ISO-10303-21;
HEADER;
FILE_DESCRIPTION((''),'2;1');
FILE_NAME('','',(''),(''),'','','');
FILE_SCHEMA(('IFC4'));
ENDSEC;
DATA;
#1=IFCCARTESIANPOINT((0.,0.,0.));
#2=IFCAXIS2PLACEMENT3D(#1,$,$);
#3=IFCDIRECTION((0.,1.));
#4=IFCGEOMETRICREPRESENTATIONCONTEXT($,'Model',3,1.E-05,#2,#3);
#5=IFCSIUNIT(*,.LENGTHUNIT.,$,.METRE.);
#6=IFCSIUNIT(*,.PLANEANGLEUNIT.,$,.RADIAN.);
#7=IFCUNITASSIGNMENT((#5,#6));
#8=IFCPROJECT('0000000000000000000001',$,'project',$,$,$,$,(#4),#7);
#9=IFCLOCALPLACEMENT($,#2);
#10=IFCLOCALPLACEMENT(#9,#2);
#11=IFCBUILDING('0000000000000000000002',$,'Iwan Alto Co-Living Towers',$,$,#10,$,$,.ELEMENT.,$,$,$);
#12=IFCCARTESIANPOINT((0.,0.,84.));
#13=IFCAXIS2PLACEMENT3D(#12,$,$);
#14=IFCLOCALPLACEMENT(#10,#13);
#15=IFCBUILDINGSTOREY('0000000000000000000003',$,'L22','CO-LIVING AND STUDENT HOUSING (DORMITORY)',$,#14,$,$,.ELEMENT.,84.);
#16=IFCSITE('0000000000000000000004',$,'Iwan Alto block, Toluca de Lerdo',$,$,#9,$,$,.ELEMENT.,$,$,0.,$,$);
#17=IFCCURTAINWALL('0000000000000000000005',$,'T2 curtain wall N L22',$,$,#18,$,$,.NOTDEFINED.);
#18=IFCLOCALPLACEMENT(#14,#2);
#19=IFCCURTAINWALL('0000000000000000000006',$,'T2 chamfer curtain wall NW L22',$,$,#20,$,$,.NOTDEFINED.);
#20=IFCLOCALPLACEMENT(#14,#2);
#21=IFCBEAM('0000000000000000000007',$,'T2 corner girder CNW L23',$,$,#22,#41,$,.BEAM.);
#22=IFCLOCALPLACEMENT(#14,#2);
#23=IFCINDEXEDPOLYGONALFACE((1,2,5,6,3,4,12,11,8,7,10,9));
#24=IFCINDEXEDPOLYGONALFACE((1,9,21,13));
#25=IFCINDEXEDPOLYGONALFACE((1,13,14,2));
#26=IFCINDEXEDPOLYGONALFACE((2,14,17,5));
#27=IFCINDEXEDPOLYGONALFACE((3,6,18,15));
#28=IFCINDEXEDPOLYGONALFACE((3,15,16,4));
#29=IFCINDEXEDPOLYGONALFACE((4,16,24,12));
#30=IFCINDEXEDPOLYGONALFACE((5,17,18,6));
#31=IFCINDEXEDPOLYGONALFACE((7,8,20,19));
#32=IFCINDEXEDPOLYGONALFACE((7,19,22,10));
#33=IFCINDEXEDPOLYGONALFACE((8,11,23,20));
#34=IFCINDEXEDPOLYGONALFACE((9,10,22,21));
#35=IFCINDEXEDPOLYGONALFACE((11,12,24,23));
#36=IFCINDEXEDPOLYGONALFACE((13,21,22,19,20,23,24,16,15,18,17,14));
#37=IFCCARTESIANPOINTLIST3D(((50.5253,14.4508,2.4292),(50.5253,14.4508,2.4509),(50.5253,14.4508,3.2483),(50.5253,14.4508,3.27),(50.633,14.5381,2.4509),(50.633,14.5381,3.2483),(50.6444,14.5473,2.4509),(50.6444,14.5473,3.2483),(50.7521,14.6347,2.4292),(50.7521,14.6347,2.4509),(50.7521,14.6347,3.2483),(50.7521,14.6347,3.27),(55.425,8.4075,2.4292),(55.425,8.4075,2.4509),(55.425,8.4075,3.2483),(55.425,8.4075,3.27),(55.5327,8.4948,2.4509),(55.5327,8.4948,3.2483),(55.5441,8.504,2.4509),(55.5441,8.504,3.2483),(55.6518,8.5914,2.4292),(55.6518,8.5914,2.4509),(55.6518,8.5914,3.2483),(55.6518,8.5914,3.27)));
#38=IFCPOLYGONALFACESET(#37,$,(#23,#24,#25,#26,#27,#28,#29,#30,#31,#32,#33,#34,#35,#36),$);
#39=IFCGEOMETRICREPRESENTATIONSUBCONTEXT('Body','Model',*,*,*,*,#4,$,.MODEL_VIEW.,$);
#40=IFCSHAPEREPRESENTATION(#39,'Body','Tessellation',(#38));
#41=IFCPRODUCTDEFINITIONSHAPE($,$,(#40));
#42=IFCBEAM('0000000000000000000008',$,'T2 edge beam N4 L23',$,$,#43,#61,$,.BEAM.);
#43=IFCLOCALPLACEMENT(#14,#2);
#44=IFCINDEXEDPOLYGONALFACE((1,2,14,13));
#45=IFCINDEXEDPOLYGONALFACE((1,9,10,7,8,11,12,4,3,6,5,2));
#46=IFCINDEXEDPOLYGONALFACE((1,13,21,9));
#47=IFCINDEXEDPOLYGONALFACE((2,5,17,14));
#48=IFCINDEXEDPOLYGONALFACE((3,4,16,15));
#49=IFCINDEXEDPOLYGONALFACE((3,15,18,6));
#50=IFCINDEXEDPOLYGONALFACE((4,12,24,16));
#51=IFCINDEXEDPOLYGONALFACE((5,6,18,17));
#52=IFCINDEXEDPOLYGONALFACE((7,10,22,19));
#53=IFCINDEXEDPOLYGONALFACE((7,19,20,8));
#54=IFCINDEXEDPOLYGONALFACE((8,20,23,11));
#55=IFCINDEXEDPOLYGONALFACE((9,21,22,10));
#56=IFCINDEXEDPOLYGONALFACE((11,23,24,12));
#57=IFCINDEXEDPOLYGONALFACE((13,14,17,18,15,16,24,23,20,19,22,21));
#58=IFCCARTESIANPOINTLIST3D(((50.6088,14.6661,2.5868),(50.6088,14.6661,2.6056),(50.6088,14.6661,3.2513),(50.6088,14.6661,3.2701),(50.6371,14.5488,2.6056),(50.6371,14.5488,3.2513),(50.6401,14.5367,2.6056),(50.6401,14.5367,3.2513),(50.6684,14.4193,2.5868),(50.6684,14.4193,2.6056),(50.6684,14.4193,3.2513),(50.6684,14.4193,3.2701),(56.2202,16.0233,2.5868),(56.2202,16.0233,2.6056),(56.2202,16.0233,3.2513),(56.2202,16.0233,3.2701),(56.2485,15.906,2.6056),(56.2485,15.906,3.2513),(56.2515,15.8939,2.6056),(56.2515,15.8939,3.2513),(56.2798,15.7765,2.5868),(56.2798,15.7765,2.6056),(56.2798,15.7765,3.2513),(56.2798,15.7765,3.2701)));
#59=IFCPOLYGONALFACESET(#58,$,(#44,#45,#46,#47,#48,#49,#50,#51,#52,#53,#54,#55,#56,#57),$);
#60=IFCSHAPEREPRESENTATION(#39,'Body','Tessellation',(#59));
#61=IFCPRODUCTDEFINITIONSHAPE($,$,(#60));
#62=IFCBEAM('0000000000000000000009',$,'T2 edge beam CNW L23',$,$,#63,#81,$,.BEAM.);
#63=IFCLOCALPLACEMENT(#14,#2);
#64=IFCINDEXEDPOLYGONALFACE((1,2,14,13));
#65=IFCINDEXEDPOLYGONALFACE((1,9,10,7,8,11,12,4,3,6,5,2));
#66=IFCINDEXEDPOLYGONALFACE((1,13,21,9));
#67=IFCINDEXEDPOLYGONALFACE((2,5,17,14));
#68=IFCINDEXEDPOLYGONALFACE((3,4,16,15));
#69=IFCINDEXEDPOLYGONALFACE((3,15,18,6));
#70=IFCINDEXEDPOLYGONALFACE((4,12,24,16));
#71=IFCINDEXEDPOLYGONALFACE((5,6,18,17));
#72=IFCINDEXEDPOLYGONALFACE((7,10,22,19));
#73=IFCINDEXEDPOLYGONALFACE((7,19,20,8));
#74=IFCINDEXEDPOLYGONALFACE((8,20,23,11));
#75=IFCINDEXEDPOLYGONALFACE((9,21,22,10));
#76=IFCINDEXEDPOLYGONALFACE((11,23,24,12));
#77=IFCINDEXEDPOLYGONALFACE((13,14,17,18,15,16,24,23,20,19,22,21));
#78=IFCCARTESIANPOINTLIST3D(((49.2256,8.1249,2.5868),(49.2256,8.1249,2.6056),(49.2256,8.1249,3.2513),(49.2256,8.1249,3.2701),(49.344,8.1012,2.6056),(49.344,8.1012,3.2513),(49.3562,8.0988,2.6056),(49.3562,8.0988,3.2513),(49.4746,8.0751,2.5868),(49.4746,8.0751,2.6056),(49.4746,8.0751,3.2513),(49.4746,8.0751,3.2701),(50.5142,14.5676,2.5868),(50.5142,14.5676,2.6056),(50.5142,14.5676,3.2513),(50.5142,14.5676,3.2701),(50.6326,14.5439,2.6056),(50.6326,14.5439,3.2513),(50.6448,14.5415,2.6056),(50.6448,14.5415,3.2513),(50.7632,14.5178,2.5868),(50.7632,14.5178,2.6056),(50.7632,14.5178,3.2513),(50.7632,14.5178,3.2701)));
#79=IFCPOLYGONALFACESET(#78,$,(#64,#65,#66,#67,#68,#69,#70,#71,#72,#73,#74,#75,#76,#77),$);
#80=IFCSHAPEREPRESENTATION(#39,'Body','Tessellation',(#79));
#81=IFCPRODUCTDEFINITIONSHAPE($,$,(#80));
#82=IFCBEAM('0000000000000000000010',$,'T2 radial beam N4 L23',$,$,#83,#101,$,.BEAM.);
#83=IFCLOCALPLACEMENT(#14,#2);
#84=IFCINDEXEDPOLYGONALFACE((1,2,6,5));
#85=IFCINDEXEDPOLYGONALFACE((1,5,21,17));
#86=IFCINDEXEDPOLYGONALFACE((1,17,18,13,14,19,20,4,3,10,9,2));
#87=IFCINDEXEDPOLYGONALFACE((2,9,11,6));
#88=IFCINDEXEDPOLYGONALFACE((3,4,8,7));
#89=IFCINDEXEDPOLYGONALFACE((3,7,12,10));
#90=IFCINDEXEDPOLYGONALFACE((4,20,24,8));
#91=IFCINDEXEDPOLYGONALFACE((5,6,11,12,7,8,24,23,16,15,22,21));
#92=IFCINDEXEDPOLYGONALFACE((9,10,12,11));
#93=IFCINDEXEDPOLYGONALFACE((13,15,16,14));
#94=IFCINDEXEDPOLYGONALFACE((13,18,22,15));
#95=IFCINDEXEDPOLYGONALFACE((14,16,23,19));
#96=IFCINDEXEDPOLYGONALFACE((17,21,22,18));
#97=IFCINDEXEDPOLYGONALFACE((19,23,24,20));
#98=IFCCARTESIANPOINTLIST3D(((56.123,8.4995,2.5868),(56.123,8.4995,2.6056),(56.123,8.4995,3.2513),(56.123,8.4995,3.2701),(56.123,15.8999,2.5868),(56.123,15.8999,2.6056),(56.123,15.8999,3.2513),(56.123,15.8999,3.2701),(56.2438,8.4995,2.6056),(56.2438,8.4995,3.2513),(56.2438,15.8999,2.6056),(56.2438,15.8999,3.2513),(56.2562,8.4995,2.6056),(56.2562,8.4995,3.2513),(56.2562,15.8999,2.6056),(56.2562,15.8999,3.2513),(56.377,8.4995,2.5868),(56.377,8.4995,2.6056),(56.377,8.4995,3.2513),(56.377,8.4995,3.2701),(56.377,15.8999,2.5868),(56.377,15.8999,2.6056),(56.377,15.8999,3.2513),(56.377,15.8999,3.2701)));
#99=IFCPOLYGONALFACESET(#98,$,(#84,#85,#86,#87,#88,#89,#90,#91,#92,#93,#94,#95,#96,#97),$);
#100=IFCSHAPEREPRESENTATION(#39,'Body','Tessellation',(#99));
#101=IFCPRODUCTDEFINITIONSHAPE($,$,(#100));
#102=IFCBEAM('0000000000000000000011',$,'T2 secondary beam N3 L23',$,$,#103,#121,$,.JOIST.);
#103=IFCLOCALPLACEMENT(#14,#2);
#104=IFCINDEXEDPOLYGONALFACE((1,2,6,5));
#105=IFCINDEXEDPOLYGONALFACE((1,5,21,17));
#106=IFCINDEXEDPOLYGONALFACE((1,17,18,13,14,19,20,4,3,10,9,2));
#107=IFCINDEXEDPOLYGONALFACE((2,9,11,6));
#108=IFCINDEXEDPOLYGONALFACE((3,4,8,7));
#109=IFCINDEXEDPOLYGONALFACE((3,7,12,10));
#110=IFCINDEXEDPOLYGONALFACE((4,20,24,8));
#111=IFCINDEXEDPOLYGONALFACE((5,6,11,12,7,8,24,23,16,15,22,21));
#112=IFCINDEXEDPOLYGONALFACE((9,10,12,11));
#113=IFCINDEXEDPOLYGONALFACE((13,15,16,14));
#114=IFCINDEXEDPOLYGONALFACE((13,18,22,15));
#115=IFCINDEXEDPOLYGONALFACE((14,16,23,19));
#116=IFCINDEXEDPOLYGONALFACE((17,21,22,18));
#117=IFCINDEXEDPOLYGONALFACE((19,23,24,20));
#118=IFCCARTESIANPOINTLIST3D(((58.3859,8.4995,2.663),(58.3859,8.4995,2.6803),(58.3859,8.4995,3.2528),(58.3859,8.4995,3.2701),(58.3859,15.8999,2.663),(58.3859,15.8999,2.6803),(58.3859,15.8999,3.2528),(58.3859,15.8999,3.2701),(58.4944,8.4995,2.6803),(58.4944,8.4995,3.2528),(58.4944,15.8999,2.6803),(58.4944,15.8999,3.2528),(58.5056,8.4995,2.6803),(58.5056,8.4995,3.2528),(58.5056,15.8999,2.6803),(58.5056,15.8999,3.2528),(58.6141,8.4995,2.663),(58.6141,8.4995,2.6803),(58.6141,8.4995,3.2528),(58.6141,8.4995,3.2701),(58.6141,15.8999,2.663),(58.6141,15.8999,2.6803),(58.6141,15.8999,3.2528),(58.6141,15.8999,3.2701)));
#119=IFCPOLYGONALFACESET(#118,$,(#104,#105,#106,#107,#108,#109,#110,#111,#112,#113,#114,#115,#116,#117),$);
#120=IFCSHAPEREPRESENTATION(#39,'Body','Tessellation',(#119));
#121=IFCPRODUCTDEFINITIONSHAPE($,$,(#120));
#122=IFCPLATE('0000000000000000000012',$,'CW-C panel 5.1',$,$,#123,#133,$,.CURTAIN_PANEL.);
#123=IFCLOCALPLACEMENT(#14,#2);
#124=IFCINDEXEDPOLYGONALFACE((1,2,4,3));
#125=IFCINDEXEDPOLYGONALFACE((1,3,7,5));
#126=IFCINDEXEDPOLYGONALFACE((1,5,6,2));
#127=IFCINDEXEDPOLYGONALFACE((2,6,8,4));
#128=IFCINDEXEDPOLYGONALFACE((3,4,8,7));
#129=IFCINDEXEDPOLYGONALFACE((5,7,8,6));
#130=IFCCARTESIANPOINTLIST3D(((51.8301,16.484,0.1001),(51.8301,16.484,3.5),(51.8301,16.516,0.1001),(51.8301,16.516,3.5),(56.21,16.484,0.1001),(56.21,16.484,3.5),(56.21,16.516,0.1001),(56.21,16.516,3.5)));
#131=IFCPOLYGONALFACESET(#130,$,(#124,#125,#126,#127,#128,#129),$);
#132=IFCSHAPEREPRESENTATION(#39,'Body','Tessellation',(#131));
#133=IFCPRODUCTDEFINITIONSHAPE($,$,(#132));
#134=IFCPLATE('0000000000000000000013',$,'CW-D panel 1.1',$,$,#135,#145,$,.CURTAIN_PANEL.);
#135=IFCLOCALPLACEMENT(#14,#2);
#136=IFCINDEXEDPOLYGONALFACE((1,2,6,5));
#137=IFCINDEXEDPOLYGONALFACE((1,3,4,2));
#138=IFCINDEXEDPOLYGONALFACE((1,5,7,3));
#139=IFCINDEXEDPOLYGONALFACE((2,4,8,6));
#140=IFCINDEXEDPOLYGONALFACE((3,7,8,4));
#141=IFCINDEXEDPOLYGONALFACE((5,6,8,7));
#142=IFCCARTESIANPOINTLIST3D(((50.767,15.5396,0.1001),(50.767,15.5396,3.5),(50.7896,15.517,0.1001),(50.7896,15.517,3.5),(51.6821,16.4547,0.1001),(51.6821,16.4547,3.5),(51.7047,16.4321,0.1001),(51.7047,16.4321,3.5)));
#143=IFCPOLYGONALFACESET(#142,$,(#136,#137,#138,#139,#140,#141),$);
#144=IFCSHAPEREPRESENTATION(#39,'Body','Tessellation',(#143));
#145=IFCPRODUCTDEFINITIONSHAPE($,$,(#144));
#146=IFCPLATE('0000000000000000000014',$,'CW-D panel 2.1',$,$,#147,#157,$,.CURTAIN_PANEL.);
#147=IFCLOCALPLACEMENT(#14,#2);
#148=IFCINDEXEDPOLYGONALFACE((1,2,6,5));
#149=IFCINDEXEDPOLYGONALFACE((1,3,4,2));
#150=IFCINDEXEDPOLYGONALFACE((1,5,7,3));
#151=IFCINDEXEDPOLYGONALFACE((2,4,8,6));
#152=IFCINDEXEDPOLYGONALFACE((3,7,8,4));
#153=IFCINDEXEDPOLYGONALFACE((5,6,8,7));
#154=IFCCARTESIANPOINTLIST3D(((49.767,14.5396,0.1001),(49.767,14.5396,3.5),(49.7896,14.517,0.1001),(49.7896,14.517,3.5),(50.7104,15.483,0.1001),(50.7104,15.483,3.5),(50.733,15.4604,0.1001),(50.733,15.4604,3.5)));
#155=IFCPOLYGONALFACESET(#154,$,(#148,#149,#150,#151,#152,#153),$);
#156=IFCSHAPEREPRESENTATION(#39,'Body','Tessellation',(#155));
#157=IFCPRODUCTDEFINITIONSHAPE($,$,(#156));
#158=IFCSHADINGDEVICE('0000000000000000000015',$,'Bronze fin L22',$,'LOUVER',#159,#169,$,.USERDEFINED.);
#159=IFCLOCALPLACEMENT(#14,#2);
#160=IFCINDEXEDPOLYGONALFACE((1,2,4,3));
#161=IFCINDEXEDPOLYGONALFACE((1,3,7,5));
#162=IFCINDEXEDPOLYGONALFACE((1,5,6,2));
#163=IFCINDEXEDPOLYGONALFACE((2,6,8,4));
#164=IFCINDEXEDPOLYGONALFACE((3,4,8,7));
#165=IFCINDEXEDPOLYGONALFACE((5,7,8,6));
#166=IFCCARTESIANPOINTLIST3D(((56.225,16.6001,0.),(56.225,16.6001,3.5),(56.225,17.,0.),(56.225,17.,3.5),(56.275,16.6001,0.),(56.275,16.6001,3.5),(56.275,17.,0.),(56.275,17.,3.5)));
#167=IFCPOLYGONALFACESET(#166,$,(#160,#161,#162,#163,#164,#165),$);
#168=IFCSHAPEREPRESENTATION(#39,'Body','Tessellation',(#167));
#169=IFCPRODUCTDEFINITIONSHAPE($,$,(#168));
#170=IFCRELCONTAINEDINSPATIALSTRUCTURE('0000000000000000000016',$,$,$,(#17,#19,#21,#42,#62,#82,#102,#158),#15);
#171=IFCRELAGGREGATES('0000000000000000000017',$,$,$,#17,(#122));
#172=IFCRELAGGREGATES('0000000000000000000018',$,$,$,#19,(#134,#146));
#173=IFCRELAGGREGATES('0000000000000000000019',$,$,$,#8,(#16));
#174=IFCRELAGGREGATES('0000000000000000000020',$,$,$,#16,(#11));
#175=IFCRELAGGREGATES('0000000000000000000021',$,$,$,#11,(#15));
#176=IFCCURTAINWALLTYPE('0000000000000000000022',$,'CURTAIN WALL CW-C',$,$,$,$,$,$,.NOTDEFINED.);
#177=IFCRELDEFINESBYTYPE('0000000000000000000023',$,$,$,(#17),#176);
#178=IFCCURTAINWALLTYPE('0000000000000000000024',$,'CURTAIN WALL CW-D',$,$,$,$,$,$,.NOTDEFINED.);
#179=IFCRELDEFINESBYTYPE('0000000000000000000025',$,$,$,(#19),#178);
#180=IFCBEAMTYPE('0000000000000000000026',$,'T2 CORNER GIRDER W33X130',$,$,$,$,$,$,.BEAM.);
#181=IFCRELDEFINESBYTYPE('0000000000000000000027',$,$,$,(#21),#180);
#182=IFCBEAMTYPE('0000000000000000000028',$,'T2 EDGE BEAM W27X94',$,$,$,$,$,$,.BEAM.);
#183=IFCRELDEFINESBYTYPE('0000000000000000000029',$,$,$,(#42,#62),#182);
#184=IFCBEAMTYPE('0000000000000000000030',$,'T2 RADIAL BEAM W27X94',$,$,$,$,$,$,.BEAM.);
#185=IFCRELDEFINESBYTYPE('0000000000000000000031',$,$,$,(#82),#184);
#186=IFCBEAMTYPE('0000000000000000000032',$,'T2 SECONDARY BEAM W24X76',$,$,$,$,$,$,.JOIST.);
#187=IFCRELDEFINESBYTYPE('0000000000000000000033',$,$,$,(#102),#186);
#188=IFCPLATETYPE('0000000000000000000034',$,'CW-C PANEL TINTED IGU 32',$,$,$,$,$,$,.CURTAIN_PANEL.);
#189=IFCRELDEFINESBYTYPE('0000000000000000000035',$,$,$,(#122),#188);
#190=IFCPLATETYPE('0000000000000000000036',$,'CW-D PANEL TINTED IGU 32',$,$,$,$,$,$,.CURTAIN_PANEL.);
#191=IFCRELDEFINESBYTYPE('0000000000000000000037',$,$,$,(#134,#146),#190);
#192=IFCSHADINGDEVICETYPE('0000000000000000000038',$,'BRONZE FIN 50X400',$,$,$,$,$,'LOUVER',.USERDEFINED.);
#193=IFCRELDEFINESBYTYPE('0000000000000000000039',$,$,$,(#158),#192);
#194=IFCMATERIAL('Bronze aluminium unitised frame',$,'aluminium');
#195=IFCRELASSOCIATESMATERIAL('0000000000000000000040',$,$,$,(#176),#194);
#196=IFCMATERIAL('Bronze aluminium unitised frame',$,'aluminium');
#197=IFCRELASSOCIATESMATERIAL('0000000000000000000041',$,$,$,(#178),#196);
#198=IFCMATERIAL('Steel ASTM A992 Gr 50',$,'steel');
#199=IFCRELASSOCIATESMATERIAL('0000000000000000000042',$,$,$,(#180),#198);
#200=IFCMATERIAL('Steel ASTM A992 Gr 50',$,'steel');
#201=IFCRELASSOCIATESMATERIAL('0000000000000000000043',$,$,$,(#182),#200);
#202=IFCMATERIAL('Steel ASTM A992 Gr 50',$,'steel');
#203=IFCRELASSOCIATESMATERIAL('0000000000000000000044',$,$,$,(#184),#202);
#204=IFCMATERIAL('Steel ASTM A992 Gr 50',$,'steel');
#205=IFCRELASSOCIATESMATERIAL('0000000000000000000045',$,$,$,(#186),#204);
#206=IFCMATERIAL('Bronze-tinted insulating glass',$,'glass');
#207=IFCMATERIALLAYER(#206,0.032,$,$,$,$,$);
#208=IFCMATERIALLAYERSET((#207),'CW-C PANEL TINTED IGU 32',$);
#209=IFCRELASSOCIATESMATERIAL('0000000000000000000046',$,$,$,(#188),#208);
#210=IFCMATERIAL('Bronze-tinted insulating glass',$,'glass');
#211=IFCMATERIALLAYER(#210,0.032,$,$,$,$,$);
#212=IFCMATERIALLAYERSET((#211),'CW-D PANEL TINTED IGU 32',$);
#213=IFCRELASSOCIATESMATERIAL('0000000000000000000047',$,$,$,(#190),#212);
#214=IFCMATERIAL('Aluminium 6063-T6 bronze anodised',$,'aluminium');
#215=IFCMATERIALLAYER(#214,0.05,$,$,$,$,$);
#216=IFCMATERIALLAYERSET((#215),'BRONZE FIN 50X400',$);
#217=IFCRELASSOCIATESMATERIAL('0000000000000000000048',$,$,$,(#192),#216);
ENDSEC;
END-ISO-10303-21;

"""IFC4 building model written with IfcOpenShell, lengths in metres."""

from ifc_helpers import new_model, si_unit, direction, frame, origin, origin_2d, place, context, subcontext, project, spatial, rectangle, i_section, extrude, material, layer, layer_set, material_profile, profile_set, type_object, element, aggregate, save


model = new_model("IFC4")

# Units and contexts
model_context = context("Model", 3, precision=1e-05, world=origin(), true_north=direction((0.0, 1.0)))
body_context = subcontext(model_context, "Body", "Model", "MODEL_VIEW")
ifc_project = project(units=[si_unit("LENGTHUNIT", "METRE"), si_unit("PLANEANGLEUNIT", "RADIAN")], contexts=[model_context])

# Site, building, storey
site_placement = place(None, origin())
site = spatial("IfcSite", under=ifc_project, at=site_placement, Name="Iwan Alto block, Toluca de Lerdo", CompositionType="ELEMENT", RefElevation=0.0)
building_placement = place(site_placement, origin())
building = spatial("IfcBuilding", under=site, at=building_placement, Name="Iwan Alto Co-Living Towers", CompositionType="ELEMENT")
storey_placement = place(building_placement, frame((0.0, 0.0, 84.0)))
storey = spatial("IfcBuildingStorey", under=building, at=storey_placement, Name="L22", Description="CO-LIVING AND STUDENT HOUSING (DORMITORY)", CompositionType="ELEMENT", Elevation=84.0)

# Curtain walls
ifc_material_1 = material(Name="Bronze aluminium unitised frame", Category="aluminium")
curtain_wall_type_1 = type_object("IfcCurtainWallType", Name="CURTAIN WALL CW-C", PredefinedType="NOTDEFINED", material=ifc_material_1)
curtain_wall_1_placement = place(storey_placement, origin())
curtain_wall_1 = element("IfcCurtainWall", 1, at=curtain_wall_1_placement, inside=storey, type_object=curtain_wall_type_1, Name="T2 curtain wall N L22", PredefinedType="NOTDEFINED")
ifc_material_2 = material(Name="Bronze aluminium unitised frame", Category="aluminium")
curtain_wall_type_2 = type_object("IfcCurtainWallType", Name="CURTAIN WALL CW-D", PredefinedType="NOTDEFINED", material=ifc_material_2)
curtain_wall_2_placement = place(storey_placement, origin())
curtain_wall_2 = element("IfcCurtainWall", 2, at=curtain_wall_2_placement, inside=storey, type_object=curtain_wall_type_2, Name="T2 chamfer curtain wall NW L22", PredefinedType="NOTDEFINED")

# Beams
ifc_material_3 = material(Name="Steel ASTM A992 Gr 50", Category="steel")
ifc_material_profile_1 = material_profile(ifc_material_3, i_section(OverallWidth=0.292, OverallDepth=0.8408, WebThickness=0.0146, FlangeThickness=0.0217, at=origin_2d()), Name="W33X130")
ifc_profile_set_1 = profile_set([ifc_material_profile_1], Name="Steel ASTM A992 Gr 50")
beam_type_1 = type_object("IfcBeamType", Name="T2 CORNER GIRDER W33X130", PredefinedType="BEAM", material=ifc_profile_set_1)
beam_1_placement = place(storey_placement, frame((50.6387, 14.5427, 2.8496), z_axis=(0.629783, -0.776771, 0.0), x_axis=(0.776771, 0.629783, 0.0)))
element("IfcBeam", 3, at=beam_1_placement, inside=storey, type_object=beam_type_1, Name="T2 corner girder CNW L23", PredefinedType="BEAM", context=body_context, shape_type="SweptSolid", body=[
    extrude(i_section(OverallWidth=0.292, OverallDepth=0.8408, WebThickness=0.0146, FlangeThickness=0.0217, at=origin_2d()), origin(), (0.0, 0.0, 1.0), 7.78),
])
ifc_material_4 = material(Name="Steel ASTM A992 Gr 50", Category="steel")
ifc_material_profile_2 = material_profile(ifc_material_4, i_section(OverallWidth=0.2539, OverallDepth=0.6833, WebThickness=0.0125, FlangeThickness=0.0188, at=origin_2d()), Name="W27X94")
ifc_profile_set_2 = profile_set([ifc_material_profile_2], Name="Steel ASTM A992 Gr 50")
beam_type_2 = type_object("IfcBeamType", Name="T2 EDGE BEAM W27X94", PredefinedType="BEAM", material=ifc_profile_set_2)
beam_2_placement = place(storey_placement, frame((56.25, 15.8999, 2.9285), z_axis=(-0.971975, -0.235086, 0.0), x_axis=(0.235086, -0.971975, 0.0)))
element("IfcBeam", 4, at=beam_2_placement, inside=storey, type_object=beam_type_2, Name="T2 edge beam N4 L23", PredefinedType="BEAM", context=body_context, shape_type="SweptSolid", body=[
    extrude(i_section(OverallWidth=0.2539, OverallDepth=0.6833, WebThickness=0.0125, FlangeThickness=0.0188, at=origin_2d()), origin(), (0.0, 0.0, 1.0), 5.7732),
])
beam_3_placement = place(storey_placement, frame((50.6387, 14.5427, 2.9285), z_axis=(-0.196123, -0.980579, 0.0), x_axis=(0.980579, -0.196123, 0.0)))
element("IfcBeam", 5, at=beam_3_placement, inside=storey, type_object=beam_type_2, Name="T2 edge beam CNW L23", PredefinedType="BEAM", context=body_context, shape_type="SweptSolid", body=[
    extrude(i_section(OverallWidth=0.2539, OverallDepth=0.6833, WebThickness=0.0125, FlangeThickness=0.0188, at=origin_2d()), origin(), (0.0, 0.0, 1.0), 6.5703),
])
ifc_material_5 = material(Name="Steel ASTM A992 Gr 50", Category="steel")
ifc_material_profile_3 = material_profile(ifc_material_5, i_section(OverallWidth=0.2539, OverallDepth=0.6833, WebThickness=0.0125, FlangeThickness=0.0188, at=origin_2d()), Name="W27X94")
ifc_profile_set_3 = profile_set([ifc_material_profile_3], Name="Steel ASTM A992 Gr 50")
beam_type_3 = type_object("IfcBeamType", Name="T2 RADIAL BEAM W27X94", PredefinedType="BEAM", material=ifc_profile_set_3)
beam_4_placement = place(storey_placement, frame((56.25, 15.8999, 2.9285), z_axis=(0.0, -1.0, 0.0), x_axis=(1.0, 0.0, 0.0)))
element("IfcBeam", 6, at=beam_4_placement, inside=storey, type_object=beam_type_3, Name="T2 radial beam N4 L23", PredefinedType="BEAM", context=body_context, shape_type="SweptSolid", body=[
    extrude(i_section(OverallWidth=0.2539, OverallDepth=0.6833, WebThickness=0.0125, FlangeThickness=0.0188, at=origin_2d()), origin(), (0.0, 0.0, 1.0), 7.4004),
])
ifc_material_6 = material(Name="Steel ASTM A992 Gr 50", Category="steel")
ifc_material_profile_4 = material_profile(ifc_material_6, i_section(OverallWidth=0.2283, OverallDepth=0.6072, WebThickness=0.0112, FlangeThickness=0.0173, at=origin_2d()), Name="W24X76")
ifc_profile_set_4 = profile_set([ifc_material_profile_4], Name="Steel ASTM A992 Gr 50")
beam_type_4 = type_object("IfcBeamType", Name="T2 SECONDARY BEAM W24X76", PredefinedType="JOIST", material=ifc_profile_set_4)
beam_5_placement = place(storey_placement, frame((58.5, 15.8999, 2.9666), z_axis=(0.0, -1.0, 0.0), x_axis=(1.0, 0.0, 0.0)))
element("IfcBeam", 7, at=beam_5_placement, inside=storey, type_object=beam_type_4, Name="T2 secondary beam N3 L23", PredefinedType="JOIST", context=body_context, shape_type="SweptSolid", body=[
    extrude(i_section(OverallWidth=0.2283, OverallDepth=0.6072, WebThickness=0.0112, FlangeThickness=0.0173, at=origin_2d()), origin(), (0.0, 0.0, 1.0), 7.4004),
])

# Plates
ifc_material_7 = material(Name="Bronze-tinted insulating glass", Category="glass")
ifc_layer_1 = layer(ifc_material_7, 0.032)
ifc_layer_set_1 = layer_set([ifc_layer_1], Name="CW-C PANEL TINTED IGU 32")
plate_type_1 = type_object("IfcPlateType", Name="CW-C PANEL TINTED IGU 32", PredefinedType="CURTAIN_PANEL", material=ifc_layer_set_1)
plate_1_placement = place(storey_placement, frame((54.02, 16.5, 0.1001), z_axis=(0.0, 0.0, 1.0), x_axis=(-1.0, 0.0, 0.0)))
plate_1 = element("IfcPlate", 8, at=plate_1_placement, type_object=plate_type_1, Name="CW-C panel 5.1", PredefinedType="CURTAIN_PANEL", context=body_context, shape_type="SweptSolid", body=[
    extrude(rectangle(XDim=4.3799, YDim=0.032, at=origin_2d()), origin(), (0.0, 0.0, 1.0), 3.3999),
])
aggregate(curtain_wall_1, [plate_1])
ifc_material_8 = material(Name="Bronze-tinted insulating glass", Category="glass")
ifc_layer_2 = layer(ifc_material_8, 0.032)
ifc_layer_set_2 = layer_set([ifc_layer_2], Name="CW-D PANEL TINTED IGU 32")
plate_type_2 = type_object("IfcPlateType", Name="CW-D PANEL TINTED IGU 32", PredefinedType="CURTAIN_PANEL", material=ifc_layer_set_2)
plate_2_placement = place(storey_placement, frame((51.2358, 15.9858, 0.1001), z_axis=(0.0, 0.0, 1.0), x_axis=(-0.707107, -0.707107, 0.0)))
plate_2 = element("IfcPlate", 9, at=plate_2_placement, type_object=plate_type_2, Name="CW-D panel 1.1", PredefinedType="CURTAIN_PANEL", context=body_context, shape_type="SweptSolid", body=[
    extrude(rectangle(XDim=1.2942, YDim=0.032, at=origin_2d()), origin(), (0.0, 0.0, 1.0), 3.3999),
])
plate_3_placement = place(storey_placement, frame((50.25, 15.0, 0.1001), z_axis=(0.0, 0.0, 1.0), x_axis=(-0.707107, -0.707107, 0.0)))
plate_3 = element("IfcPlate", 10, at=plate_3_placement, type_object=plate_type_2, Name="CW-D panel 2.1", PredefinedType="CURTAIN_PANEL", context=body_context, shape_type="SweptSolid", body=[
    extrude(rectangle(XDim=1.3342, YDim=0.032, at=origin_2d()), origin(), (0.0, 0.0, 1.0), 3.3999),
])
aggregate(curtain_wall_2, [plate_2, plate_3])

# Shading device
ifc_material_9 = material(Name="Aluminium 6063-T6 bronze anodised", Category="aluminium")
ifc_layer_3 = layer(ifc_material_9, 0.05)
ifc_layer_set_3 = layer_set([ifc_layer_3], Name="BRONZE FIN 50X400")
shading_device_type = type_object("IfcShadingDeviceType", Name="BRONZE FIN 50X400", ElementType="LOUVER", PredefinedType="USERDEFINED", material=ifc_layer_set_3)
shading_device_placement = place(storey_placement, frame((56.25, 16.8, 0.0), z_axis=(0.0, 0.0, 1.0), x_axis=(-1.0, 0.0, 0.0)))
element("IfcShadingDevice", 11, at=shading_device_placement, inside=storey, type_object=shading_device_type, Name="Bronze fin L22", ObjectType="LOUVER", PredefinedType="USERDEFINED", context=body_context, shape_type="SweptSolid", body=[
    extrude(rectangle(XDim=0.05, YDim=0.3999, at=origin_2d()), origin(), (0.0, 0.0, 1.0), 3.5),
])

save(model, "model.ifc")
